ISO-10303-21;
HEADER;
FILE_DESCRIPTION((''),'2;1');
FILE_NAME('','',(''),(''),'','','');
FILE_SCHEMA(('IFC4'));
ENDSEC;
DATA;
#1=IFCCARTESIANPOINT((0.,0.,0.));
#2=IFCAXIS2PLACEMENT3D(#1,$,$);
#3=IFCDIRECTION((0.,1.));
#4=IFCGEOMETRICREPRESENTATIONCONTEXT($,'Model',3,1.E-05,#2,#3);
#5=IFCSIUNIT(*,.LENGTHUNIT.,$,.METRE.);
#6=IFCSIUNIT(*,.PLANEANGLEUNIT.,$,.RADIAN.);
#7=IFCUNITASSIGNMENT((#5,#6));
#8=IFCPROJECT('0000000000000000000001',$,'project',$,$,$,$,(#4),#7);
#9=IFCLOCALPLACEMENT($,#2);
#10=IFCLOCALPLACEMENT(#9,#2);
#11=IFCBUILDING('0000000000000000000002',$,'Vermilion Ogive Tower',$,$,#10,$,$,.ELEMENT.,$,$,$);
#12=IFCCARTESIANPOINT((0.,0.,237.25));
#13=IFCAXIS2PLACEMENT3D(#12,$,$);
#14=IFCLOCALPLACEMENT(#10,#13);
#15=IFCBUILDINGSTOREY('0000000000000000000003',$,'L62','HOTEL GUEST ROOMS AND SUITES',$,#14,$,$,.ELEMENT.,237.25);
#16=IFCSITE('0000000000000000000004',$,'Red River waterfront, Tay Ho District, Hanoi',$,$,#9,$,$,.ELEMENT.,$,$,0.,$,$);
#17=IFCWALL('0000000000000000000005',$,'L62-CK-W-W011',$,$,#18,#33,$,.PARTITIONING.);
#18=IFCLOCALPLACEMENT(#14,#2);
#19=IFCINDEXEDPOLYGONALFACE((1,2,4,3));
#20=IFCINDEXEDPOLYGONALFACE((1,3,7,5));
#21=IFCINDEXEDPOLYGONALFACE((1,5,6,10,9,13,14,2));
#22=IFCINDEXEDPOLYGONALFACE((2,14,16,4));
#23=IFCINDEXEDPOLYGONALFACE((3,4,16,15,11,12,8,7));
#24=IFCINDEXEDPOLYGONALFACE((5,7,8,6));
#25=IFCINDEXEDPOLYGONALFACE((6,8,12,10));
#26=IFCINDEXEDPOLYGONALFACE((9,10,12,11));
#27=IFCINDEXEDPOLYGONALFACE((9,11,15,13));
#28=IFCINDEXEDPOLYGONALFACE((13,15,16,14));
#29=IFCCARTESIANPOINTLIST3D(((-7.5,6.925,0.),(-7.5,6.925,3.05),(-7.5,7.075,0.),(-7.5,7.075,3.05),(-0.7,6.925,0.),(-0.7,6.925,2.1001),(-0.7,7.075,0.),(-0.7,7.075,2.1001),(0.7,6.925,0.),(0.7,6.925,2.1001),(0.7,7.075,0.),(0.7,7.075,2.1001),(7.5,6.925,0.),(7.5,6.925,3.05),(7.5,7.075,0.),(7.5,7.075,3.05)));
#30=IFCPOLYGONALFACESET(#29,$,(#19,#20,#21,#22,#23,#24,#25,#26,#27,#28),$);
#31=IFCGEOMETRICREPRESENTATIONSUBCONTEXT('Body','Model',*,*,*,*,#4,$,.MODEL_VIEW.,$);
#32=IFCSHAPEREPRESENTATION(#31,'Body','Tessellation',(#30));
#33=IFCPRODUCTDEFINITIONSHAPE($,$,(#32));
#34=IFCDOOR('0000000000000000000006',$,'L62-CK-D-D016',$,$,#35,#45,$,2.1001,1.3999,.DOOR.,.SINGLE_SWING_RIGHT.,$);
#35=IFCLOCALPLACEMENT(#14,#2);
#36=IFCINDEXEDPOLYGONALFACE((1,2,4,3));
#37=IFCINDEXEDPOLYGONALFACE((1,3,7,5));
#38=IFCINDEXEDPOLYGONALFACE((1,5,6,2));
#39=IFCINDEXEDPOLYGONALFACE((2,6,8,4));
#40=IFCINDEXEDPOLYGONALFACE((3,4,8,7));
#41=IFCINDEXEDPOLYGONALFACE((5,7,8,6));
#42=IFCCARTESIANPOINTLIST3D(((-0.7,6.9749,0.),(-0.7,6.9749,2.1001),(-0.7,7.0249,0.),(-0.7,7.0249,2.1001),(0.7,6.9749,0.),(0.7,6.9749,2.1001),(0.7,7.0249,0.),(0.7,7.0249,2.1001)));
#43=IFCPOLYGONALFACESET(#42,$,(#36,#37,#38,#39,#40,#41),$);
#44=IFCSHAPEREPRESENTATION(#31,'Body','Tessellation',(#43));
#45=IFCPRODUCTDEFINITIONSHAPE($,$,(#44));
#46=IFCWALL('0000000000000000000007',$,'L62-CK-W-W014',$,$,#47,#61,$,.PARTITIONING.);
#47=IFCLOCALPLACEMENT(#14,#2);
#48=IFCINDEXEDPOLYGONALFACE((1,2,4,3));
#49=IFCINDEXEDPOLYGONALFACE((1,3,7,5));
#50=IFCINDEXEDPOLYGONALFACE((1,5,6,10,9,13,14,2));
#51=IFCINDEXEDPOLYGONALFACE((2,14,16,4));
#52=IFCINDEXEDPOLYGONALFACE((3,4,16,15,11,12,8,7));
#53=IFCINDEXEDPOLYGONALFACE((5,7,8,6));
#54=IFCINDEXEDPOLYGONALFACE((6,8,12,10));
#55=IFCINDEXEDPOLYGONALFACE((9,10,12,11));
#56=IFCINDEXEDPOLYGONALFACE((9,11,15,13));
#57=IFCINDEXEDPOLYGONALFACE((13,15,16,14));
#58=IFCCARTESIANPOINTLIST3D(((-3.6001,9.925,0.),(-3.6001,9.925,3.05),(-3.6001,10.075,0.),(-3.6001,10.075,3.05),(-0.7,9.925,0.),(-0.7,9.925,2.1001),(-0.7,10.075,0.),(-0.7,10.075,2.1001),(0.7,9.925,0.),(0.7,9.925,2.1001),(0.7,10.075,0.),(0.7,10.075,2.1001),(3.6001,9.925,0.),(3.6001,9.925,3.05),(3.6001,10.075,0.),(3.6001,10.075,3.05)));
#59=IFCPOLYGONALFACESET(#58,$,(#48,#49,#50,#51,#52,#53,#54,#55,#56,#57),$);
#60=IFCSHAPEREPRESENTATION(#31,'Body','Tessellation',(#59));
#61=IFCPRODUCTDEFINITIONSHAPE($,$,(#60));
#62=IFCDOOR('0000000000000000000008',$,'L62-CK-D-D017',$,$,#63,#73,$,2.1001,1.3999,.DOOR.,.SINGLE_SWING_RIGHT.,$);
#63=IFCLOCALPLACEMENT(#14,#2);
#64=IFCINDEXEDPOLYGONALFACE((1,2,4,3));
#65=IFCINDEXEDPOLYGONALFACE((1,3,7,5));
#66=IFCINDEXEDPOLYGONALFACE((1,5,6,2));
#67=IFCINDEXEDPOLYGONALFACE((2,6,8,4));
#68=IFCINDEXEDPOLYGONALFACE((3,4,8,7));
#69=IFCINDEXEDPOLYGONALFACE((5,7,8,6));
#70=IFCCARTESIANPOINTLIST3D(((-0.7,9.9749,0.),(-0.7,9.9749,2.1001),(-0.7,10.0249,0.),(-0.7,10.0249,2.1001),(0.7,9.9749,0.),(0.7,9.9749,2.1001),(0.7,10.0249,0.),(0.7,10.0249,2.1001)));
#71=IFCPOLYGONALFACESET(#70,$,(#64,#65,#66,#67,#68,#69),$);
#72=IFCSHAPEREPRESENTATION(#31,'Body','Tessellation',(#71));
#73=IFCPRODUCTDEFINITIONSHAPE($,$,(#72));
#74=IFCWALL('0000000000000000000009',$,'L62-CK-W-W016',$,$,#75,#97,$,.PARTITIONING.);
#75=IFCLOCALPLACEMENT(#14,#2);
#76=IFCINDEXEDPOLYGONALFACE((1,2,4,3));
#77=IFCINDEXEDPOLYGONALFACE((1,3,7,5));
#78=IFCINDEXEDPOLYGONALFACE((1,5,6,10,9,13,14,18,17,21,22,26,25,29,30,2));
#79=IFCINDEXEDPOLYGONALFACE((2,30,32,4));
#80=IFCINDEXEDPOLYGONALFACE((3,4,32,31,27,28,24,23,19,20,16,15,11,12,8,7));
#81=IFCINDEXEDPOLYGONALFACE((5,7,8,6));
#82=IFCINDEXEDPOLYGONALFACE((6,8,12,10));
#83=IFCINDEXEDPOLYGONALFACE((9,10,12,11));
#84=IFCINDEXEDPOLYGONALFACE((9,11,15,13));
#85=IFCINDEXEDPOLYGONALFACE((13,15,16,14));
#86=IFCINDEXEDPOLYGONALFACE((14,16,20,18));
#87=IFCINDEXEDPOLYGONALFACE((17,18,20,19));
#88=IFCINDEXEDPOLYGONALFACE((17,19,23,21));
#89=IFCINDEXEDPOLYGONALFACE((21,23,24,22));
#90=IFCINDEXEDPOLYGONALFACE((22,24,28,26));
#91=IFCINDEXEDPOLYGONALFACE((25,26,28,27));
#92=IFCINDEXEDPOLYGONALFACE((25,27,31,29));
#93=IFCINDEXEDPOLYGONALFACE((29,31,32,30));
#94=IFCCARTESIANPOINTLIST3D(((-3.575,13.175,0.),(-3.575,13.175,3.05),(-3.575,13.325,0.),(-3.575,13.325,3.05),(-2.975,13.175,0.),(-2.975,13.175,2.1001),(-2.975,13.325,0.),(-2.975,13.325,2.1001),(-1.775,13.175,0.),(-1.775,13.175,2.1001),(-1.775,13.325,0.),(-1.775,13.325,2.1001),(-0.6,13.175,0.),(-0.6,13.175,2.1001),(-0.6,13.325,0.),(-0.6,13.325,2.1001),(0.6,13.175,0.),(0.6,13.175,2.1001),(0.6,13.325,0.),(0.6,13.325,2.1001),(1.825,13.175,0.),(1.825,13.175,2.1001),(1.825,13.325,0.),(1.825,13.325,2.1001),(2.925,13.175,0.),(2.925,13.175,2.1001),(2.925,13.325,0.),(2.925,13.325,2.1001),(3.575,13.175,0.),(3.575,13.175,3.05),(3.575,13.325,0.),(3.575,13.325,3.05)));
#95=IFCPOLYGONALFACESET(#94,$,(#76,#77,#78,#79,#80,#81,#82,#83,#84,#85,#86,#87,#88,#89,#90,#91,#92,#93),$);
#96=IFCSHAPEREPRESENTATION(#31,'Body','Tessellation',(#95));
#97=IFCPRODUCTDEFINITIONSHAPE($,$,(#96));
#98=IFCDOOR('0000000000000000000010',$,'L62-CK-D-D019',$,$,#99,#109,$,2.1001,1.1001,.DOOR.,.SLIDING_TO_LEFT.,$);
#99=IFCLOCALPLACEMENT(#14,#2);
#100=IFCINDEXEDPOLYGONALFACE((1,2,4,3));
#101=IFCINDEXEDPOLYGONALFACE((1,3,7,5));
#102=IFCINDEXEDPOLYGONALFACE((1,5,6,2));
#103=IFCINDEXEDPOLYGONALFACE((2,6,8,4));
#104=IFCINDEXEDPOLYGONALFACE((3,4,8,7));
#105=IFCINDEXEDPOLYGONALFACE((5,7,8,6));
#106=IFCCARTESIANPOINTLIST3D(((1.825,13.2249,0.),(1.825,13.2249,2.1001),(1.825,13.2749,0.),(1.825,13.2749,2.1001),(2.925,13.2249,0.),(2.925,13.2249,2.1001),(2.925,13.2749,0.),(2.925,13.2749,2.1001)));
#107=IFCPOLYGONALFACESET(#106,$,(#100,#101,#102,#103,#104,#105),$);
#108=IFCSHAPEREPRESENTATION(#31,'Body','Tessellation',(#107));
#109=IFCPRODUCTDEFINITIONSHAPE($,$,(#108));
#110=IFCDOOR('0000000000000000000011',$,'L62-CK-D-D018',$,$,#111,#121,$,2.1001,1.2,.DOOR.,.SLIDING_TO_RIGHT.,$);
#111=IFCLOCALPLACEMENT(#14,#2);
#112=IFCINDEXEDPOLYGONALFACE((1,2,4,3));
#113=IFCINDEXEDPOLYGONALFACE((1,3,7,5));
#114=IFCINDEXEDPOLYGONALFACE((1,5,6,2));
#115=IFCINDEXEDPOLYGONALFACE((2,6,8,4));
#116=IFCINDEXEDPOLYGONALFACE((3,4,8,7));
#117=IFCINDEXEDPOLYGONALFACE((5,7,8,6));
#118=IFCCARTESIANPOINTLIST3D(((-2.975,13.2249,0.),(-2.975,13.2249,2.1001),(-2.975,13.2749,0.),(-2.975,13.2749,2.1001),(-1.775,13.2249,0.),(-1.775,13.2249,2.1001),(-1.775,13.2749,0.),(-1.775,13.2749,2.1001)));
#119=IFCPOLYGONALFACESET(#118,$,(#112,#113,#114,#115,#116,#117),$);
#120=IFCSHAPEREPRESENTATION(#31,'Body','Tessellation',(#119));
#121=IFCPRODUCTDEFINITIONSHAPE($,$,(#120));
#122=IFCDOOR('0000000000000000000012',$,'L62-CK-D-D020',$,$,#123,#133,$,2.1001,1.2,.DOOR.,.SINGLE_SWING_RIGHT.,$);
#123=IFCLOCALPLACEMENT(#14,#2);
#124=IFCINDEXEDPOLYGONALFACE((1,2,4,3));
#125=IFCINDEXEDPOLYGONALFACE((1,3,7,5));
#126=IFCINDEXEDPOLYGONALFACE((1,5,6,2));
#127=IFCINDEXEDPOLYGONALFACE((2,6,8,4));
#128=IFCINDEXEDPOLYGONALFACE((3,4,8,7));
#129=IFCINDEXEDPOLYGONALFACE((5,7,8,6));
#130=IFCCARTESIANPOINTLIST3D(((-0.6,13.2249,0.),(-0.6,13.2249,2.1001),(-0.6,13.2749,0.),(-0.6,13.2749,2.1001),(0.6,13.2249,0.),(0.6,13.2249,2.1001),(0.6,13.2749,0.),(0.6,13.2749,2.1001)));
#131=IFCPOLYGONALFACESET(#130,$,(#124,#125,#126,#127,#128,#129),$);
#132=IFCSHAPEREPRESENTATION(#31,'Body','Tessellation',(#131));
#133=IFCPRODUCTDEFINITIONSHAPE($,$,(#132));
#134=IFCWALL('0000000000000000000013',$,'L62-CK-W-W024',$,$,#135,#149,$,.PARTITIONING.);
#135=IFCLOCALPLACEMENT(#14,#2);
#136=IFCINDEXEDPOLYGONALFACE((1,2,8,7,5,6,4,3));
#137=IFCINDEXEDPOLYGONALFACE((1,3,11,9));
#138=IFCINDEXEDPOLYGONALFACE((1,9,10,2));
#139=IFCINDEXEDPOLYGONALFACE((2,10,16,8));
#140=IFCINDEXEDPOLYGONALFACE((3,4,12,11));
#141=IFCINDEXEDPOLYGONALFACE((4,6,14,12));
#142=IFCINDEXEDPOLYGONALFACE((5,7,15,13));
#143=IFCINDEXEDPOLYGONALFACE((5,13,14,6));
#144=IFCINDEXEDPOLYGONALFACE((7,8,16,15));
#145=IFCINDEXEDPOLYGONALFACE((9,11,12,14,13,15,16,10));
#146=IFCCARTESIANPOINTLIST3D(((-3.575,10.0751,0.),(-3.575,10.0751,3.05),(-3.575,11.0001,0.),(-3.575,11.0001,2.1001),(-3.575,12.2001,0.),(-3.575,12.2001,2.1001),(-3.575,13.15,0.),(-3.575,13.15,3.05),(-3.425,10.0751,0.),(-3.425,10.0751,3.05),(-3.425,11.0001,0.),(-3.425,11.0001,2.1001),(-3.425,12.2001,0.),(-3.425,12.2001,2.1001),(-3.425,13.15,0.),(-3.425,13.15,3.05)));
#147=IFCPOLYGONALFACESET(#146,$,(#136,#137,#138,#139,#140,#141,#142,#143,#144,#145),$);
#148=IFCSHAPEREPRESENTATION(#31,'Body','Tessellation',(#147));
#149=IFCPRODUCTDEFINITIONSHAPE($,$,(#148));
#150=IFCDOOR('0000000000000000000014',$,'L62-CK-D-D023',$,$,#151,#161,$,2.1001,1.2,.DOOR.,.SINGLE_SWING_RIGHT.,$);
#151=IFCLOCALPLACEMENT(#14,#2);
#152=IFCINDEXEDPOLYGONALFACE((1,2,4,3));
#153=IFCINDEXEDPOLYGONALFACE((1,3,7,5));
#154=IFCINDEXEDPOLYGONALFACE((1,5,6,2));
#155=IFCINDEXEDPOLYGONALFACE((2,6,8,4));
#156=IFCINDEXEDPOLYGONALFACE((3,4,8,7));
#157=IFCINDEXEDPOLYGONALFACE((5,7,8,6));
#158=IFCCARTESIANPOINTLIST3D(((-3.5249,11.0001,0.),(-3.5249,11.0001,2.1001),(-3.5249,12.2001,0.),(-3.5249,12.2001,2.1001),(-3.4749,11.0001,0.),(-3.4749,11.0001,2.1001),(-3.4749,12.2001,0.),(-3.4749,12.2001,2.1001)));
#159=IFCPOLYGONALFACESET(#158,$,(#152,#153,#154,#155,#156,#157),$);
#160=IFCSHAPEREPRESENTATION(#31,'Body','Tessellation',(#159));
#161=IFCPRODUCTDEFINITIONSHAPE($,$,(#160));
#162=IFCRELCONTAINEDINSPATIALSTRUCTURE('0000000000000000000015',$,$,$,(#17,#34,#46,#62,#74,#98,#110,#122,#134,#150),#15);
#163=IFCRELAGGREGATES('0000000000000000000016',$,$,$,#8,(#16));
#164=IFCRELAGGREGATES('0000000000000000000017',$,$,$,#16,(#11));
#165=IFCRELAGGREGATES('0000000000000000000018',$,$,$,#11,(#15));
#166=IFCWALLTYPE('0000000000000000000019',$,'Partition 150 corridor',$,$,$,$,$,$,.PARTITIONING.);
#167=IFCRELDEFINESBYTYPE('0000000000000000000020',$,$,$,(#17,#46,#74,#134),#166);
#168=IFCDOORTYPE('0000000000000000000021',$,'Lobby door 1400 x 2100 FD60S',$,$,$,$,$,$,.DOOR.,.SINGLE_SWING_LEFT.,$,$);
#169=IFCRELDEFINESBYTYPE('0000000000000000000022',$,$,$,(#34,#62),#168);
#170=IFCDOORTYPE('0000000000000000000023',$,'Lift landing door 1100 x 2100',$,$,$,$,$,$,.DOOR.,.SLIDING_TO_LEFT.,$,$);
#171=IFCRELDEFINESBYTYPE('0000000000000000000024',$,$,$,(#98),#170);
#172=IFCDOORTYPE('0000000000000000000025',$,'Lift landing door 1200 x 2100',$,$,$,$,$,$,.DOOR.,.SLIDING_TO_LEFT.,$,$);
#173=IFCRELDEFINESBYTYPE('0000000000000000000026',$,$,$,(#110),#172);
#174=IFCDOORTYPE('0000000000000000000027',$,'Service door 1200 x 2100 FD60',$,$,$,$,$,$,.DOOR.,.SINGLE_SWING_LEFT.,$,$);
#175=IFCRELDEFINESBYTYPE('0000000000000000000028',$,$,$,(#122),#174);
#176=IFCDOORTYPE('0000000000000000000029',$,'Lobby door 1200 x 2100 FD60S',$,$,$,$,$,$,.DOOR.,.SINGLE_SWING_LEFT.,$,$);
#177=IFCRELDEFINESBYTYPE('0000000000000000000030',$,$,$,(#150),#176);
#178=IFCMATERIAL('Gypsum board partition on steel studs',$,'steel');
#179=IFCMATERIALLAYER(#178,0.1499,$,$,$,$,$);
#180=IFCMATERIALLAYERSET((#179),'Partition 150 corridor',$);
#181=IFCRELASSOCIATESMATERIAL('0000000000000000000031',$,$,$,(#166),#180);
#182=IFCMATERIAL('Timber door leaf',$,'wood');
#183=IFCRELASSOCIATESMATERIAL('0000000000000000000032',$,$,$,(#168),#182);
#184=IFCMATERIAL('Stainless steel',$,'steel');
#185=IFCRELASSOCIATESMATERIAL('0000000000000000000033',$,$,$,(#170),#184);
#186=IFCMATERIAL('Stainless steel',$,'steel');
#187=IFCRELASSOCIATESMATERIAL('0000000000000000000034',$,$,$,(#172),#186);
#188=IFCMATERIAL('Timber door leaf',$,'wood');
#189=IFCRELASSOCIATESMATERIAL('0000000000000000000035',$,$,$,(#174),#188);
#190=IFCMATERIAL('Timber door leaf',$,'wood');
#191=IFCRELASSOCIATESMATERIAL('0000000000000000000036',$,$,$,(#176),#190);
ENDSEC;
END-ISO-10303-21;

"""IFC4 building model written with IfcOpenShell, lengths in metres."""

from ifc_helpers import new_model, si_unit, direction, frame, frame_2d, origin, place, context, subcontext, project, spatial, rectangle, extrude, material, layer, layer_set, type_object, element, fill, save


model = new_model("IFC4")

# Units and contexts
model_context = context("Model", 3, precision=1e-05, world=origin(), true_north=direction((0.0, 1.0)))
body_context = subcontext(model_context, "Body", "Model", "MODEL_VIEW")
ifc_project = project(units=[si_unit("LENGTHUNIT", "METRE"), si_unit("PLANEANGLEUNIT", "RADIAN")], contexts=[model_context])

# Site, building, storey
site_placement = place(None, origin())
site = spatial("IfcSite", under=ifc_project, at=site_placement, Name="Red River waterfront, Tay Ho District, Hanoi", CompositionType="ELEMENT", RefElevation=0.0)
building_placement = place(site_placement, origin())
building = spatial("IfcBuilding", under=site, at=building_placement, Name="Vermilion Ogive Tower", CompositionType="ELEMENT")
storey_placement = place(building_placement, frame((0.0, 0.0, 237.25)))
storey = spatial("IfcBuildingStorey", under=building, at=storey_placement, Name="L62", Description="HOTEL GUEST ROOMS AND SUITES", CompositionType="ELEMENT", Elevation=237.25)

# Walls, openings, doors
ifc_material_1 = material(Name="Gypsum board partition on steel studs", Category="steel")
ifc_layer_1 = layer(ifc_material_1, 0.1499)
ifc_layer_set_1 = layer_set([ifc_layer_1], Name="Partition 150 corridor")
wall_type_1 = type_object("IfcWallType", Name="Partition 150 corridor", PredefinedType="PARTITIONING", material=ifc_layer_set_1)
wall_1_placement = place(storey_placement, frame((-7.5, 7.0, 0.0), z_axis=(0.0, 0.0, 1.0), x_axis=(1.0, 0.0, 0.0)))
wall_1 = element("IfcWall", 1, at=wall_1_placement, inside=storey, type_object=wall_type_1, Name="L62-CK-W-W011", PredefinedType="PARTITIONING", context=body_context, shape_type="SweptSolid", body=[
    extrude(rectangle(XDim=15.0, YDim=0.1499, at=frame_2d((7.5, 0.0))), origin(), (0.0, 0.0, 1.0), 3.05),
])
opening_1_placement = place(wall_1_placement, frame((6.8, 0.0, 0.0)))
opening_1 = element("IfcOpeningElement", 2, at=opening_1_placement, cuts=wall_1, PredefinedType="OPENING", context=body_context, shape_type="SweptSolid", body=[
    extrude(rectangle(XDim=1.3999, YDim=2.1001, at=frame_2d((0.7, 1.05))), frame((0.0, 0.085, 0.0), z_axis=(0.0, -1.0, 0.0), x_axis=(1.0, 0.0, 0.0)), (0.0, 0.0, 1.0), 0.1699),
])
ifc_material_2 = material(Name="Timber door leaf", Category="wood")
door_type_1 = type_object("IfcDoorType", Name="Lobby door 1400 x 2100 FD60S", OperationType="SINGLE_SWING_LEFT", PredefinedType="DOOR", material=ifc_material_2)
door_1_placement = place(opening_1_placement, origin())
door_1 = element("IfcDoor", 3, at=door_1_placement, inside=storey, type_object=door_type_1, Name="L62-CK-D-D016", OperationType="SINGLE_SWING_RIGHT", OverallHeight=2.1001, OverallWidth=1.3999, PredefinedType="DOOR", context=body_context, shape_type="SweptSolid", body=[
    extrude(rectangle(XDim=1.3999, YDim=2.1001, at=frame_2d((0.7, 1.05))), frame((0.0, 0.0249, 0.0), z_axis=(0.0, -1.0, 0.0), x_axis=(1.0, 0.0, 0.0)), (0.0, 0.0, 1.0), 0.05),
])
fill(opening_1, door_1)
wall_2_placement = place(storey_placement, frame((-3.6001, 10.0, 0.0), z_axis=(0.0, 0.0, 1.0), x_axis=(1.0, 0.0, 0.0)))
wall_2 = element("IfcWall", 4, at=wall_2_placement, inside=storey, type_object=wall_type_1, Name="L62-CK-W-W014", PredefinedType="PARTITIONING", context=body_context, shape_type="SweptSolid", body=[
    extrude(rectangle(XDim=7.2002, YDim=0.1499, at=frame_2d((3.6001, 0.0))), origin(), (0.0, 0.0, 1.0), 3.05),
])
opening_2_placement = place(wall_2_placement, frame((2.9001, 0.0, 0.0)))
opening_2 = element("IfcOpeningElement", 5, at=opening_2_placement, cuts=wall_2, PredefinedType="OPENING", context=body_context, shape_type="SweptSolid", body=[
    extrude(rectangle(XDim=1.3999, YDim=2.1001, at=frame_2d((0.7, 1.05))), frame((0.0, 0.085, 0.0), z_axis=(0.0, -1.0, 0.0), x_axis=(1.0, 0.0, 0.0)), (0.0, 0.0, 1.0), 0.1699),
])
door_2_placement = place(opening_2_placement, origin())
door_2 = element("IfcDoor", 6, at=door_2_placement, inside=storey, type_object=door_type_1, Name="L62-CK-D-D017", OperationType="SINGLE_SWING_RIGHT", OverallHeight=2.1001, OverallWidth=1.3999, PredefinedType="DOOR", context=body_context, shape_type="SweptSolid", body=[
    extrude(rectangle(XDim=1.3999, YDim=2.1001, at=frame_2d((0.7, 1.05))), frame((0.0, 0.0249, 0.0), z_axis=(0.0, -1.0, 0.0), x_axis=(1.0, 0.0, 0.0)), (0.0, 0.0, 1.0), 0.05),
])
fill(opening_2, door_2)

# Wall, openings, doors
wall_3_placement = place(storey_placement, frame((-3.575, 13.25, 0.0), z_axis=(0.0, 0.0, 1.0), x_axis=(1.0, 0.0, 0.0)))
wall_3 = element("IfcWall", 7, at=wall_3_placement, inside=storey, type_object=wall_type_1, Name="L62-CK-W-W016", PredefinedType="PARTITIONING", context=body_context, shape_type="SweptSolid", body=[
    extrude(rectangle(XDim=7.1499, YDim=0.1499, at=frame_2d((3.575, 0.0))), origin(), (0.0, 0.0, 1.0), 3.05),
])
opening_3_placement = place(wall_3_placement, frame((0.5999, 0.0, 0.0)))
opening_3 = element("IfcOpeningElement", 8, at=opening_3_placement, cuts=wall_3, PredefinedType="OPENING", context=body_context, shape_type="SweptSolid", body=[
    extrude(rectangle(XDim=1.2, YDim=2.1001, at=frame_2d((0.6001, 1.05))), frame((0.0, 0.085, 0.0), z_axis=(0.0, -1.0, 0.0), x_axis=(1.0, 0.0, 0.0)), (0.0, 0.0, 1.0), 0.1699),
])
opening_4_placement = place(wall_3_placement, frame((5.3999, 0.0, 0.0)))
opening_4 = element("IfcOpeningElement", 9, at=opening_4_placement, cuts=wall_3, PredefinedType="OPENING", context=body_context, shape_type="SweptSolid", body=[
    extrude(rectangle(XDim=1.1001, YDim=2.1001, at=frame_2d((0.55, 1.05))), frame((0.0, 0.085, 0.0), z_axis=(0.0, -1.0, 0.0), x_axis=(1.0, 0.0, 0.0)), (0.0, 0.0, 1.0), 0.1699),
])
opening_5_placement = place(wall_3_placement, frame((2.9749, 0.0, 0.0)))
opening_5 = element("IfcOpeningElement", 10, at=opening_5_placement, cuts=wall_3, PredefinedType="OPENING", context=body_context, shape_type="SweptSolid", body=[
    extrude(rectangle(XDim=1.2, YDim=2.1001, at=frame_2d((0.6001, 1.05))), frame((0.0, 0.085, 0.0), z_axis=(0.0, -1.0, 0.0), x_axis=(1.0, 0.0, 0.0)), (0.0, 0.0, 1.0), 0.1699),
])
ifc_material_3 = material(Name="Stainless steel", Category="steel")
door_type_2 = type_object("IfcDoorType", Name="Lift landing door 1100 x 2100", OperationType="SLIDING_TO_LEFT", PredefinedType="DOOR", material=ifc_material_3)
door_3_placement = place(opening_4_placement, origin())
door_3 = element("IfcDoor", 11, at=door_3_placement, inside=storey, type_object=door_type_2, Name="L62-CK-D-D019", OperationType="SLIDING_TO_LEFT", OverallHeight=2.1001, OverallWidth=1.1001, PredefinedType="DOOR", context=body_context, shape_type="SweptSolid", body=[
    extrude(rectangle(XDim=1.1001, YDim=2.1001, at=frame_2d((0.55, 1.05))), frame((0.0, 0.0249, 0.0), z_axis=(0.0, -1.0, 0.0), x_axis=(1.0, 0.0, 0.0)), (0.0, 0.0, 1.0), 0.05),
])
fill(opening_4, door_3)
ifc_material_4 = material(Name="Stainless steel", Category="steel")
door_type_3 = type_object("IfcDoorType", Name="Lift landing door 1200 x 2100", OperationType="SLIDING_TO_LEFT", PredefinedType="DOOR", material=ifc_material_4)
door_4_placement = place(opening_3_placement, origin())
door_4 = element("IfcDoor", 12, at=door_4_placement, inside=storey, type_object=door_type_3, Name="L62-CK-D-D018", OperationType="SLIDING_TO_RIGHT", OverallHeight=2.1001, OverallWidth=1.2, PredefinedType="DOOR", context=body_context, shape_type="SweptSolid", body=[
    extrude(rectangle(XDim=1.2, YDim=2.1001, at=frame_2d((0.6001, 1.05))), frame((0.0, 0.0249, 0.0), z_axis=(0.0, -1.0, 0.0), x_axis=(1.0, 0.0, 0.0)), (0.0, 0.0, 1.0), 0.05),
])
fill(opening_3, door_4)
ifc_material_5 = material(Name="Timber door leaf", Category="wood")
door_type_4 = type_object("IfcDoorType", Name="Service door 1200 x 2100 FD60", OperationType="SINGLE_SWING_LEFT", PredefinedType="DOOR", material=ifc_material_5)
door_5_placement = place(opening_5_placement, origin())
door_5 = element("IfcDoor", 13, at=door_5_placement, inside=storey, type_object=door_type_4, Name="L62-CK-D-D020", OperationType="SINGLE_SWING_RIGHT", OverallHeight=2.1001, OverallWidth=1.2, PredefinedType="DOOR", context=body_context, shape_type="SweptSolid", body=[
    extrude(rectangle(XDim=1.2, YDim=2.1001, at=frame_2d((0.6001, 1.05))), frame((0.0, 0.0249, 0.0), z_axis=(0.0, -1.0, 0.0), x_axis=(1.0, 0.0, 0.0)), (0.0, 0.0, 1.0), 0.05),
])
fill(opening_5, door_5)

# Wall, opening, door
wall_4_placement = place(storey_placement, frame((-3.5, 10.075, 0.0), z_axis=(0.0, 0.0, 1.0), x_axis=(0.0, 1.0, 0.0)))
wall_4 = element("IfcWall", 14, at=wall_4_placement, inside=storey, type_object=wall_type_1, Name="L62-CK-W-W024", PredefinedType="PARTITIONING", context=body_context, shape_type="SweptSolid", body=[
    extrude(rectangle(XDim=3.075, YDim=0.1499, at=frame_2d((1.5376, 0.0))), origin(), (0.0, 0.0, 1.0), 3.05),
])
opening_6_placement = place(wall_4_placement, frame((0.925, 0.0, 0.0)))
opening_6 = element("IfcOpeningElement", 15, at=opening_6_placement, cuts=wall_4, PredefinedType="OPENING", context=body_context, shape_type="SweptSolid", body=[
    extrude(rectangle(XDim=1.2, YDim=2.1001, at=frame_2d((0.6001, 1.05))), frame((0.0, 0.085, 0.0), z_axis=(0.0, -1.0, 0.0), x_axis=(1.0, 0.0, 0.0)), (0.0, 0.0, 1.0), 0.1699),
])
ifc_material_6 = material(Name="Timber door leaf", Category="wood")
door_type_5 = type_object("IfcDoorType", Name="Lobby door 1200 x 2100 FD60S", OperationType="SINGLE_SWING_LEFT", PredefinedType="DOOR", material=ifc_material_6)
door_6_placement = place(opening_6_placement, origin())
door_6 = element("IfcDoor", 16, at=door_6_placement, inside=storey, type_object=door_type_5, Name="L62-CK-D-D023", OperationType="SINGLE_SWING_RIGHT", OverallHeight=2.1001, OverallWidth=1.2, PredefinedType="DOOR", context=body_context, shape_type="SweptSolid", body=[
    extrude(rectangle(XDim=1.2, YDim=2.1001, at=frame_2d((0.6001, 1.05))), frame((0.0, 0.0249, 0.0), z_axis=(0.0, -1.0, 0.0), x_axis=(1.0, 0.0, 0.0)), (0.0, 0.0, 1.0), 0.05),
])
fill(opening_6, door_6)

save(model, "model.ifc")
